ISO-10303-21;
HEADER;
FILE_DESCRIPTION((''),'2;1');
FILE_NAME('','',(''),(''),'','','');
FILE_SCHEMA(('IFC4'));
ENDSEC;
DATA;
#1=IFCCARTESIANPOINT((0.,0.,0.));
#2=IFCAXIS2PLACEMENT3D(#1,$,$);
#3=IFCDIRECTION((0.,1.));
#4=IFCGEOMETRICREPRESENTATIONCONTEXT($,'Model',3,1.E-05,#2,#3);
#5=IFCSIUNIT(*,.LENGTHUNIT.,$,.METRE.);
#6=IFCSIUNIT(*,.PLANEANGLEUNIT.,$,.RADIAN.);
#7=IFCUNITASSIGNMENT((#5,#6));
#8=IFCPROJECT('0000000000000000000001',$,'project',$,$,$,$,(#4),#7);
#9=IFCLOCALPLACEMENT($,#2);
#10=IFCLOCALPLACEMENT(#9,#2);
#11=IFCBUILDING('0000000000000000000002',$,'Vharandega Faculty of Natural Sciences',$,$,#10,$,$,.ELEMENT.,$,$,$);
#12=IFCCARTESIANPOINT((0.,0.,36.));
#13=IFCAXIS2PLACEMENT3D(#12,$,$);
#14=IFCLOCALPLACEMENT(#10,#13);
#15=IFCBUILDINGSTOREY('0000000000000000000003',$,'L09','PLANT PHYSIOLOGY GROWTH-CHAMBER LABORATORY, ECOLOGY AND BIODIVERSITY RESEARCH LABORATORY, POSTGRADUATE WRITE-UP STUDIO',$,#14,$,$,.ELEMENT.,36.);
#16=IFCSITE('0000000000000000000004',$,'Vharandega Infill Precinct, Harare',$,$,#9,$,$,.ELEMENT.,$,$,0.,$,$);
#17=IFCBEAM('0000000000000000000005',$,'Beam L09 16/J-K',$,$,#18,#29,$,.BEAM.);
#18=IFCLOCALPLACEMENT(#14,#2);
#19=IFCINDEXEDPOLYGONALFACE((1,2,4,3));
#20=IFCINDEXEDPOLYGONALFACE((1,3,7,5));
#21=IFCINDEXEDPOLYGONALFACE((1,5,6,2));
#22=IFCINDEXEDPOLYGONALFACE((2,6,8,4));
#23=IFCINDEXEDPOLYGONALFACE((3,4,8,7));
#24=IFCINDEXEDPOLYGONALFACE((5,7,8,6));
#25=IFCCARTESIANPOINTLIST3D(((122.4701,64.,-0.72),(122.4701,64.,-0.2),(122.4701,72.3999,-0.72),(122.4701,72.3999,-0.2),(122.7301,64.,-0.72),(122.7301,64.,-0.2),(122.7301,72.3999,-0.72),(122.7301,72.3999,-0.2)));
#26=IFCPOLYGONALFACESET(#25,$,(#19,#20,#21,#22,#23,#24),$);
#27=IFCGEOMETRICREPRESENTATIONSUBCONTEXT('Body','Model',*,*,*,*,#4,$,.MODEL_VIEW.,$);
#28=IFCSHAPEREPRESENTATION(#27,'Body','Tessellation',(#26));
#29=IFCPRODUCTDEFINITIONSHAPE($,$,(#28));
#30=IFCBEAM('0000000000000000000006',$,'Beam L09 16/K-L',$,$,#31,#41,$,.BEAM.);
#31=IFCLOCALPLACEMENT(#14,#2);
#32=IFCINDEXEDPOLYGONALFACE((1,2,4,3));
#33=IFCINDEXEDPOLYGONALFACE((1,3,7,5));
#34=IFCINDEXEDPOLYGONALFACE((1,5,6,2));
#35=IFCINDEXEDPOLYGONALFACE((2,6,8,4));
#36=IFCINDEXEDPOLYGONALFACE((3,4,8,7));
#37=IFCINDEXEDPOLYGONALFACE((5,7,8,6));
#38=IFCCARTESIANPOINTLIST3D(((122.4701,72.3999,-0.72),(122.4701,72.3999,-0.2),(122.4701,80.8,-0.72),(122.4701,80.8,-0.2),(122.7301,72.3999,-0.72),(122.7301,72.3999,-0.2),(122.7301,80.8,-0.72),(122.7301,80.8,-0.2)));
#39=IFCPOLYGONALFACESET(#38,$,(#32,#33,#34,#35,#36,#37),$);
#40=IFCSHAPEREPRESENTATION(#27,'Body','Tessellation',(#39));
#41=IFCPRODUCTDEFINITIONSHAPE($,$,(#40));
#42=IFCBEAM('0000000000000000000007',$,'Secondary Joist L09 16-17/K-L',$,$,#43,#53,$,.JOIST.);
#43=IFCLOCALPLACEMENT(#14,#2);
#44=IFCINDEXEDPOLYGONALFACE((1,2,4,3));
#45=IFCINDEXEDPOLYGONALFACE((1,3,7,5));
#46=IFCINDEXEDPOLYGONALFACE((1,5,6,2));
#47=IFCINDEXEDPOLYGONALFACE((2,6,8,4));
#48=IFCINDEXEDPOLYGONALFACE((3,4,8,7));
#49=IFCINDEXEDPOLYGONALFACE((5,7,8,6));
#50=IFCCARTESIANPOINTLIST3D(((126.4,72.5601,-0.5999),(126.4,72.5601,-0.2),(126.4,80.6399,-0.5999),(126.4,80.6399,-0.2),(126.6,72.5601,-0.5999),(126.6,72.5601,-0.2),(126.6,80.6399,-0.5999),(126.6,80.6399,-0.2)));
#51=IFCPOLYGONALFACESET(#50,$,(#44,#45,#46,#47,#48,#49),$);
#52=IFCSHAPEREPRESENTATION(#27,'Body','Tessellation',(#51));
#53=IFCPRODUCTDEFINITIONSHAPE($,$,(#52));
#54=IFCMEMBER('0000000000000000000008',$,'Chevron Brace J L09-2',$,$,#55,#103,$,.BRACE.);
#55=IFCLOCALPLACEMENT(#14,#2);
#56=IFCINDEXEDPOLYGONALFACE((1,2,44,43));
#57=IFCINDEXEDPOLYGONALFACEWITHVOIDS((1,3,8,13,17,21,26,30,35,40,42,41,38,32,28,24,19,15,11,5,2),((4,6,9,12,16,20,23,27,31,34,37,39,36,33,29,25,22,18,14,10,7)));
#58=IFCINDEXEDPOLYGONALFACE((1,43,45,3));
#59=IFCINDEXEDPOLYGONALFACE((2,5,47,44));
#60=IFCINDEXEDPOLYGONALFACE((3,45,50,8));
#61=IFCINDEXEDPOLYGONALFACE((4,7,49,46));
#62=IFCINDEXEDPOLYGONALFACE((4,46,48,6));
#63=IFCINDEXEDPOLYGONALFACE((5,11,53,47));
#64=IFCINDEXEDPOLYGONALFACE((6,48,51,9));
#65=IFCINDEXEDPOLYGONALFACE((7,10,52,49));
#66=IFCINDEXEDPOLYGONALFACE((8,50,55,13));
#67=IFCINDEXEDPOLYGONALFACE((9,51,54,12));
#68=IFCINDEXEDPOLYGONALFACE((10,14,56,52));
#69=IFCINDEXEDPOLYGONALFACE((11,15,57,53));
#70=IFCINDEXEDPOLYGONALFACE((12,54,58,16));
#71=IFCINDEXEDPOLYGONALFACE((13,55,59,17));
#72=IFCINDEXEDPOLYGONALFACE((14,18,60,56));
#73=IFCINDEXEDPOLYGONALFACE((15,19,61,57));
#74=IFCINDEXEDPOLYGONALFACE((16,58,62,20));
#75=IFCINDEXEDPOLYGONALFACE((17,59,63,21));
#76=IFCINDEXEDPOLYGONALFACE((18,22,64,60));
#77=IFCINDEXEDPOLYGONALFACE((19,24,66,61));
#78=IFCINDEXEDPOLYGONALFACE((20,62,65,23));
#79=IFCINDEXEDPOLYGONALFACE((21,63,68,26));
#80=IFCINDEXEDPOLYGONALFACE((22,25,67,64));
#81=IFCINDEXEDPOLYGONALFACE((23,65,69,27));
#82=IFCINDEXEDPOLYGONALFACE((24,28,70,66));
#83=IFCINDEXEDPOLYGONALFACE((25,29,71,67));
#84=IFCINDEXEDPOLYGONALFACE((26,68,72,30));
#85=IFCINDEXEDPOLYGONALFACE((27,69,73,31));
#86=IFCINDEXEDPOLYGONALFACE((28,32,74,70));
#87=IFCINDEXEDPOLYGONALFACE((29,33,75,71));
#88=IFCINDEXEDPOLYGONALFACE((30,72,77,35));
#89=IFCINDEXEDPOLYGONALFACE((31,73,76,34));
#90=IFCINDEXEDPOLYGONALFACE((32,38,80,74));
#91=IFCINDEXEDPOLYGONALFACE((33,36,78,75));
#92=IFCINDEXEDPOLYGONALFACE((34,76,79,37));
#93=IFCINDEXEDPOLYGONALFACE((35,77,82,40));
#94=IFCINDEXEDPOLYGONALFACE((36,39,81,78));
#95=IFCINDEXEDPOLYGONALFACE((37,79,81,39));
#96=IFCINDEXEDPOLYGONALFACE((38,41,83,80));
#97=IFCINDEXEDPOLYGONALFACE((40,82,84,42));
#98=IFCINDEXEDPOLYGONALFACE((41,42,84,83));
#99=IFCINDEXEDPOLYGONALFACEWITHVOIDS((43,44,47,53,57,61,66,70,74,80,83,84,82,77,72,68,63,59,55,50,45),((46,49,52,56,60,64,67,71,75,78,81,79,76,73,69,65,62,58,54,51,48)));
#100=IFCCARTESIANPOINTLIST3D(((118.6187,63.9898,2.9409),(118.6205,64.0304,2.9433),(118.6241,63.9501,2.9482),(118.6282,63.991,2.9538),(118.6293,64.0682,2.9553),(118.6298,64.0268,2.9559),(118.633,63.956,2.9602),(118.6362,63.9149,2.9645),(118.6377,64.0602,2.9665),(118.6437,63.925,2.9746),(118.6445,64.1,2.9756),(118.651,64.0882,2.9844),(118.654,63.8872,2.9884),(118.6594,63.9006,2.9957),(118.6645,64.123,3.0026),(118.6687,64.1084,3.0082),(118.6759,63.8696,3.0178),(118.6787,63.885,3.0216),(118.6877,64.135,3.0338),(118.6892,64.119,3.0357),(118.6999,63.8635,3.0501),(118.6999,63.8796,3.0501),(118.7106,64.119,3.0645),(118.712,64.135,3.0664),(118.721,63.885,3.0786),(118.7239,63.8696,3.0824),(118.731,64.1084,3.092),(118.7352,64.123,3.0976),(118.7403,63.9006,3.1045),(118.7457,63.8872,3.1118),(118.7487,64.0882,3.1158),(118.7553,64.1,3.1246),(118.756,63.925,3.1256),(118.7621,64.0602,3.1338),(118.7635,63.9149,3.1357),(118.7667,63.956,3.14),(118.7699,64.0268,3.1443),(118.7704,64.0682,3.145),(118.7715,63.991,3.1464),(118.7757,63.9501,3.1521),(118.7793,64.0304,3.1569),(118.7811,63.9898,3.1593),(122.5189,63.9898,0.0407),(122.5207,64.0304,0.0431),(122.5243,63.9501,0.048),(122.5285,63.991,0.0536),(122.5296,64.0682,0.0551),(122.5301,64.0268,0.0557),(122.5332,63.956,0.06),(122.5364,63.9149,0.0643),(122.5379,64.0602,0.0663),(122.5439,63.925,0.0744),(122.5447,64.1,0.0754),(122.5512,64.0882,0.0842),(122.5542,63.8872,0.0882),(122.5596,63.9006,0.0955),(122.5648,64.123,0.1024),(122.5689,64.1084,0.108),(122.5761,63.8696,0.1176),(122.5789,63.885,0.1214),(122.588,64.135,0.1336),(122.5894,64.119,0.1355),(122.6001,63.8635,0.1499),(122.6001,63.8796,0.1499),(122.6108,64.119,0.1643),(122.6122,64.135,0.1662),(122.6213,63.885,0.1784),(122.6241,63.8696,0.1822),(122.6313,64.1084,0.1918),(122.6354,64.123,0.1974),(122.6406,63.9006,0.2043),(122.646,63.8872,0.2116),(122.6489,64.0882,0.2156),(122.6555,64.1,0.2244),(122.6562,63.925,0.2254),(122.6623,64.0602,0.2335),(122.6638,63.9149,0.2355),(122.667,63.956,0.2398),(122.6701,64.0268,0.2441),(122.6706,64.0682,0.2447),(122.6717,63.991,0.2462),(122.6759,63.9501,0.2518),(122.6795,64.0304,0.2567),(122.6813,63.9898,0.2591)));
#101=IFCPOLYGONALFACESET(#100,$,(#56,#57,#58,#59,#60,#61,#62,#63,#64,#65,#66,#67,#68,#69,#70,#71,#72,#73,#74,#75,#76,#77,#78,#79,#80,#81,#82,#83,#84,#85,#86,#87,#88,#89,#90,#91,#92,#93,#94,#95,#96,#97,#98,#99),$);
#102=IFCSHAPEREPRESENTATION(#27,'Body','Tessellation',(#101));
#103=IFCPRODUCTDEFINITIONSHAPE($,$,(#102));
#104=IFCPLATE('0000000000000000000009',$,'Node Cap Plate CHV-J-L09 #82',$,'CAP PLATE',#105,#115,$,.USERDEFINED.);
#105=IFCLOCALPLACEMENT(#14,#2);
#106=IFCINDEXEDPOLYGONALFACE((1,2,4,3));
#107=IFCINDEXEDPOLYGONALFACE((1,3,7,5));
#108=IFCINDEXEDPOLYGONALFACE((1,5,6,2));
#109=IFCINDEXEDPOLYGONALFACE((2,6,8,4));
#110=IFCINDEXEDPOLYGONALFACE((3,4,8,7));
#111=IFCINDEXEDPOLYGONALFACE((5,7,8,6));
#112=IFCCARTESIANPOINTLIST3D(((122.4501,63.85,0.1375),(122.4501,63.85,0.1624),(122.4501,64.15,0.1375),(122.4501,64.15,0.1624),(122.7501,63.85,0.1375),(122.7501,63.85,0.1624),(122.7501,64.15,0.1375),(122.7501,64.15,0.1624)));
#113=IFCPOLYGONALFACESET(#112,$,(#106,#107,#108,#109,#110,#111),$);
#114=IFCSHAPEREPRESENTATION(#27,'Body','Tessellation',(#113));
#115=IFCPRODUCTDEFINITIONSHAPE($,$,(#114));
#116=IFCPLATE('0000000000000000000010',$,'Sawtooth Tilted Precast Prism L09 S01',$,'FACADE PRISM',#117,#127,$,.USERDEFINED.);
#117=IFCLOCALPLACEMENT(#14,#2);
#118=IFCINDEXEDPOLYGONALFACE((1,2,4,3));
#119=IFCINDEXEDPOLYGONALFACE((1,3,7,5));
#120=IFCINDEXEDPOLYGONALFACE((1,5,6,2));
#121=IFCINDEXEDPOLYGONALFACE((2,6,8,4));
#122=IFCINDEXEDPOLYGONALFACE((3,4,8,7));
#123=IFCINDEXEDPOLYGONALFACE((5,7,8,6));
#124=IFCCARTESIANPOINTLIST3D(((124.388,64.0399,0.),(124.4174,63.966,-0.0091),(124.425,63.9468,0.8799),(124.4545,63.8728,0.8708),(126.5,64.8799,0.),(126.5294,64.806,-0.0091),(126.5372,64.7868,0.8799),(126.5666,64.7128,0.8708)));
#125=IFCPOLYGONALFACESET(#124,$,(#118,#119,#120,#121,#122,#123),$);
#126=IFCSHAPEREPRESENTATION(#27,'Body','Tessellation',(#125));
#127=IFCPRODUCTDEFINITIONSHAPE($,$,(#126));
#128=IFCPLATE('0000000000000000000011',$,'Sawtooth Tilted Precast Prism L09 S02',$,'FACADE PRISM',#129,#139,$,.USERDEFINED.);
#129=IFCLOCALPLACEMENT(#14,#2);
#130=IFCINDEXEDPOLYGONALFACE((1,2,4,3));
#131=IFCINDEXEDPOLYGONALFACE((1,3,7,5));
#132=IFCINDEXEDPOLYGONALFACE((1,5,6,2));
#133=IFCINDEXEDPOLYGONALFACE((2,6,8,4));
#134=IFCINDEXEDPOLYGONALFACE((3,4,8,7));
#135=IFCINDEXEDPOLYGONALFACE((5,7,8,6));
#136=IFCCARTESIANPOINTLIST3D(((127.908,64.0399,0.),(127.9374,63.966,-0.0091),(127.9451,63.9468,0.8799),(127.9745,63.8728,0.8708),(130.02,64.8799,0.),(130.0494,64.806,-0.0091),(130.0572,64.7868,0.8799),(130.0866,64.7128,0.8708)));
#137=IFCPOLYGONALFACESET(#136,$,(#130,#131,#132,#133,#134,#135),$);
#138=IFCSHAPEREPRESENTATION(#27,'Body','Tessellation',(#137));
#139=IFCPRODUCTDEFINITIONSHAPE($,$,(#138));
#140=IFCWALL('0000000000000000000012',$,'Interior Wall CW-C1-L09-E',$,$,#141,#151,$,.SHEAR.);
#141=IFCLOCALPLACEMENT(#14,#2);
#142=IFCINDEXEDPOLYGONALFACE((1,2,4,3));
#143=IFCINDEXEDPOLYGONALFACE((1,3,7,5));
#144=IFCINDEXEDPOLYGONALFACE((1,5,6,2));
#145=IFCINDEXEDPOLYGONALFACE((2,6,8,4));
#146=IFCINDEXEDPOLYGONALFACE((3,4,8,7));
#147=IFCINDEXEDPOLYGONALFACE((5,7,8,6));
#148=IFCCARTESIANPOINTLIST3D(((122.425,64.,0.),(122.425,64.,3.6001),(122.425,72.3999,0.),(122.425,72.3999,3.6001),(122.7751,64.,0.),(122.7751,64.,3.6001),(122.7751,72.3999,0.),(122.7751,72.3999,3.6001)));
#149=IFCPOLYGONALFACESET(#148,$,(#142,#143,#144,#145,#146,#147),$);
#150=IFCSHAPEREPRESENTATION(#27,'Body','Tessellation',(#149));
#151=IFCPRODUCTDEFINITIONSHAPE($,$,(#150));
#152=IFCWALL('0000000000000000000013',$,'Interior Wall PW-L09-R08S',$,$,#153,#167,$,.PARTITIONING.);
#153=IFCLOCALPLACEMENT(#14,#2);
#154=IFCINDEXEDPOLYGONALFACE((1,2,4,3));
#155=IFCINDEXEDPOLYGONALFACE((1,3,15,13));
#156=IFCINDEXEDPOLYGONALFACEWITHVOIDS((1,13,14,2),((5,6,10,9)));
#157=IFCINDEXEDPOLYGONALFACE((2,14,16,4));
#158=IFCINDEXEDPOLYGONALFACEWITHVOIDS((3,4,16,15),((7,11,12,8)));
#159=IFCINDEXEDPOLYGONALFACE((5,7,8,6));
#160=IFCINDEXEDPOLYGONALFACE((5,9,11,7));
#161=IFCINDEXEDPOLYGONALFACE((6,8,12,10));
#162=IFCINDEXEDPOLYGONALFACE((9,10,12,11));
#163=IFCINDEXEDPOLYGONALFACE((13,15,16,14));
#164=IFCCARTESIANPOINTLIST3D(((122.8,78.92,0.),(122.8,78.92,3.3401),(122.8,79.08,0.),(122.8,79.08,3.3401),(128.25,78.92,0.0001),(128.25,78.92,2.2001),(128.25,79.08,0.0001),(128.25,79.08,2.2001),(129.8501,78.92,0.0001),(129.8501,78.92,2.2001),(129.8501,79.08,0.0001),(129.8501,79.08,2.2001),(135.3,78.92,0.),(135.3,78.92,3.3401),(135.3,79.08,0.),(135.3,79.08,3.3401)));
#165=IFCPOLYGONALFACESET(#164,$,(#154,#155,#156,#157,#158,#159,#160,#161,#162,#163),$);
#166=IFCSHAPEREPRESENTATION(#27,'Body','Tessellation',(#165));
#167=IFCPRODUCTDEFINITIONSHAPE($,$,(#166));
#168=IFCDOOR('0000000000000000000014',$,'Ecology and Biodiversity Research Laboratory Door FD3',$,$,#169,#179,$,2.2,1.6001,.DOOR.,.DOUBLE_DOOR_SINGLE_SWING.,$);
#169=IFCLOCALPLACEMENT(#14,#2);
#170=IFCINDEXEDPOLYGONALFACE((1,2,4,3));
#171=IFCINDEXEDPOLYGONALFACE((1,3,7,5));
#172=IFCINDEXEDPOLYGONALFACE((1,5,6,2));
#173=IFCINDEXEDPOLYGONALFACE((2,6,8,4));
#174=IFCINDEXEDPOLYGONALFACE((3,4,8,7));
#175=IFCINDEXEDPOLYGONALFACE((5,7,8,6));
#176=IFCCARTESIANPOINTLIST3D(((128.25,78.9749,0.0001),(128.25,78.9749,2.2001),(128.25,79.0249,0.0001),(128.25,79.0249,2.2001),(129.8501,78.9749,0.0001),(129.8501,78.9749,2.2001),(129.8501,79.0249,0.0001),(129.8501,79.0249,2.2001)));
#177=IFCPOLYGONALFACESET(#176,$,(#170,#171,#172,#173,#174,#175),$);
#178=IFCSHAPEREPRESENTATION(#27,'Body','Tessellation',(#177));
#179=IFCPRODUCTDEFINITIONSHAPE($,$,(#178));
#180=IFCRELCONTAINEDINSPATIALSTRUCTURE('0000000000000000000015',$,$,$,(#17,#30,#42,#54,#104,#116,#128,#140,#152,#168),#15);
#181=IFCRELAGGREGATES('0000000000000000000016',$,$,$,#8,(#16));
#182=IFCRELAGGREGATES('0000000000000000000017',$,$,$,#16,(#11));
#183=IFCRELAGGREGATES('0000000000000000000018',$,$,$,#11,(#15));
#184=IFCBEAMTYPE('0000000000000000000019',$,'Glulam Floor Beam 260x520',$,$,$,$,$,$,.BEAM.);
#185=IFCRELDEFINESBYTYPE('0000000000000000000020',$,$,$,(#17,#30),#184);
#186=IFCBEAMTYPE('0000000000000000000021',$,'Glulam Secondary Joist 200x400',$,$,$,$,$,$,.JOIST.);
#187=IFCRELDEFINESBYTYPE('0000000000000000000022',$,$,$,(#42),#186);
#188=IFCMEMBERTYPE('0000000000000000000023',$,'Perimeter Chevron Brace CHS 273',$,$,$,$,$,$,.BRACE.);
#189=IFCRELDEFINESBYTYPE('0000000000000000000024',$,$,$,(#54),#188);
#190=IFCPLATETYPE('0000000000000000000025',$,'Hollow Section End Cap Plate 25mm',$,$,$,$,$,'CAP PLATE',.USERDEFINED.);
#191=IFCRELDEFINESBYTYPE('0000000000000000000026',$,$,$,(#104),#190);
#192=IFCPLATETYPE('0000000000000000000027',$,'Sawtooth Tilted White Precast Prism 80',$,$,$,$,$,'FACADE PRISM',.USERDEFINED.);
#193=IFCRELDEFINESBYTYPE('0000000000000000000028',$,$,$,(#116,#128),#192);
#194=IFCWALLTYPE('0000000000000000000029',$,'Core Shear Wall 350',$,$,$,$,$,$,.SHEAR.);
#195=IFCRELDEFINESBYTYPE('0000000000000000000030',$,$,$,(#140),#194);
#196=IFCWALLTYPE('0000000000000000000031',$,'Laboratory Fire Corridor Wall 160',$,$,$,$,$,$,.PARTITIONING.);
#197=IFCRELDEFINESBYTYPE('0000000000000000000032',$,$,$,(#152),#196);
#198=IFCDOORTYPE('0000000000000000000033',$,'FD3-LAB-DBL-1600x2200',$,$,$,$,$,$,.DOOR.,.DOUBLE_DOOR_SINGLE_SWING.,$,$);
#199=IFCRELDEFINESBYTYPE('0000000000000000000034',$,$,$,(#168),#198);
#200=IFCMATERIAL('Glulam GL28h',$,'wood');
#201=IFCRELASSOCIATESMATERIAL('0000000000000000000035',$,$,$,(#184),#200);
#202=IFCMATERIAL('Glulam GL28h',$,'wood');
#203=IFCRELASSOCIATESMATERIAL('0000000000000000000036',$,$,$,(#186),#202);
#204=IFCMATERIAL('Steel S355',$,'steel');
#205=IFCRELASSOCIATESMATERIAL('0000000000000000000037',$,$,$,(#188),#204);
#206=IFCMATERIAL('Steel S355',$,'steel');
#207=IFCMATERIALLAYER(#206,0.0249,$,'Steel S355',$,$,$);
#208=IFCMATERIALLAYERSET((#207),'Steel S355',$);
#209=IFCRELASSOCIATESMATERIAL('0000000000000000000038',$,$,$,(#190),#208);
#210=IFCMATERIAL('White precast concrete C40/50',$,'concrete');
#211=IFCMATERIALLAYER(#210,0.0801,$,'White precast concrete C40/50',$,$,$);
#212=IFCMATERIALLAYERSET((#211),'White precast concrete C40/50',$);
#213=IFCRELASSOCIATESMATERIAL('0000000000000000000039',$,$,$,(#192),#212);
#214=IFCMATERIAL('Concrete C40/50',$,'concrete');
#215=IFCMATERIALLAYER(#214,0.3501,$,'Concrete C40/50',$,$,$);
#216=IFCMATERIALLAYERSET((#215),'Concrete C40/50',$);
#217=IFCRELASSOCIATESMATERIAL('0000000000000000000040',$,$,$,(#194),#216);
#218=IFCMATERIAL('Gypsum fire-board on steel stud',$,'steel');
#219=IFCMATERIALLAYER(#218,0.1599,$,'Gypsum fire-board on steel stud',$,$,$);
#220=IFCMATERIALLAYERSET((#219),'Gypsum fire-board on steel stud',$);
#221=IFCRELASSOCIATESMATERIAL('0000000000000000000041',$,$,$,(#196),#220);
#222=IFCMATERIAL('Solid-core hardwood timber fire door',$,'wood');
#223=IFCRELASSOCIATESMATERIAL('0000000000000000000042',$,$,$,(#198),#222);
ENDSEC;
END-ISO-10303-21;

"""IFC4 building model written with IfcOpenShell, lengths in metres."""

from ifc_helpers import new_model, si_unit, direction, frame, frame_2d, origin, origin_2d, place, context, subcontext, project, spatial, polyline, rectangle, hollow_circle, outline, extrude, material, layer, layer_set, material_profile, profile_set, type_object, element, fill, save


model = new_model("IFC4")

# Units and contexts
model_context = context("Model", 3, precision=1e-05, world=origin(), true_north=direction((0.0, 1.0)))
body_context = subcontext(model_context, "Body", "Model", "MODEL_VIEW")
ifc_project = project(units=[si_unit("LENGTHUNIT", "METRE"), si_unit("PLANEANGLEUNIT", "RADIAN")], contexts=[model_context])

# Site, building, storey
site_placement = place(None, origin())
site = spatial("IfcSite", under=ifc_project, at=site_placement, Name="Vharandega Infill Precinct, Harare", CompositionType="ELEMENT", RefElevation=0.0)
building_placement = place(site_placement, origin())
building = spatial("IfcBuilding", under=site, at=building_placement, Name="Vharandega Faculty of Natural Sciences", CompositionType="ELEMENT")
storey_placement = place(building_placement, frame((0.0, 0.0, 36.0)))
storey = spatial("IfcBuildingStorey", under=building, at=storey_placement, Name="L09", Description="PLANT PHYSIOLOGY GROWTH-CHAMBER LABORATORY, ECOLOGY AND BIODIVERSITY RESEARCH LABORATORY, POSTGRADUATE WRITE-UP STUDIO", CompositionType="ELEMENT", Elevation=36.0)

# Beams
ifc_material_1 = material(Name="Glulam GL28h", Category="wood")
ifc_material_profile_1 = material_profile(ifc_material_1, rectangle(XDim=0.26, YDim=0.52, at=origin_2d()), Name="GL28h 260x520")
ifc_profile_set_1 = profile_set([ifc_material_profile_1], Name="Glulam GL28h")
beam_type_1 = type_object("IfcBeamType", Name="Glulam Floor Beam 260x520", PredefinedType="BEAM", material=ifc_profile_set_1)
beam_1_placement = place(storey_placement, frame((122.6001, 64.0, -0.46), z_axis=(0.0, 1.0, 0.0), x_axis=(-1.0, 0.0, 0.0)))
element("IfcBeam", 1, at=beam_1_placement, inside=storey, type_object=beam_type_1, Name="Beam L09 16/J-K", PredefinedType="BEAM", context=body_context, shape_type="SweptSolid", body=[
    extrude(rectangle(XDim=0.26, YDim=0.52, at=origin_2d()), origin(), (0.0, 0.0, 1.0), 8.3999),
])
beam_2_placement = place(storey_placement, frame((122.6001, 72.3999, -0.46), z_axis=(0.0, 1.0, 0.0), x_axis=(-1.0, 0.0, 0.0)))
element("IfcBeam", 2, at=beam_2_placement, inside=storey, type_object=beam_type_1, Name="Beam L09 16/K-L", PredefinedType="BEAM", context=body_context, shape_type="SweptSolid", body=[
    extrude(rectangle(XDim=0.26, YDim=0.52, at=origin_2d()), origin(), (0.0, 0.0, 1.0), 8.4001),
])
ifc_material_2 = material(Name="Glulam GL28h", Category="wood")
ifc_material_profile_2 = material_profile(ifc_material_2, rectangle(XDim=0.2, YDim=0.3999, at=origin_2d()), Name="GL28h 200x400")
ifc_profile_set_2 = profile_set([ifc_material_profile_2], Name="Glulam GL28h")
beam_type_2 = type_object("IfcBeamType", Name="Glulam Secondary Joist 200x400", PredefinedType="JOIST", material=ifc_profile_set_2)
beam_3_placement = place(storey_placement, frame((126.5, 72.5601, -0.3999), z_axis=(0.0, 1.0, 0.0), x_axis=(-1.0, 0.0, 0.0)))
element("IfcBeam", 3, at=beam_3_placement, inside=storey, type_object=beam_type_2, Name="Secondary Joist L09 16-17/K-L", PredefinedType="JOIST", context=body_context, shape_type="SweptSolid", body=[
    extrude(rectangle(XDim=0.2, YDim=0.3999, at=origin_2d()), origin(), (0.0, 0.0, 1.0), 8.0798),
])

# Member
ifc_material_3 = material(Name="Steel S355", Category="steel")
ifc_material_profile_3 = material_profile(ifc_material_3, hollow_circle(Radius=0.1365, WallThickness=0.0161, at=origin_2d()), Name="CHS 273x16")
ifc_profile_set_3 = profile_set([ifc_material_profile_3], Name="Steel S355")
member_type = type_object("IfcMemberType", Name="Perimeter Chevron Brace CHS 273", PredefinedType="BRACE", material=ifc_profile_set_3)
member_placement = place(storey_placement, frame((122.6001, 64.0, 0.1499), z_axis=(-0.802459, 0.0, 0.596708), x_axis=(0.0, -1.0, 0.0)))
element("IfcMember", 4, at=member_placement, inside=storey, type_object=member_type, Name="Chevron Brace J L09-2", PredefinedType="BRACE", context=body_context, shape_type="SweptSolid", body=[
    extrude(hollow_circle(Radius=0.1365, WallThickness=0.0161, at=origin_2d()), origin(), (0.0, 0.0, 1.0), 4.8604),
])

# Plates
ifc_material_4 = material(Name="Steel S355", Category="steel")
ifc_layer_1 = layer(ifc_material_4, 0.0249, Name="Steel S355")
ifc_layer_set_1 = layer_set([ifc_layer_1], Name="Steel S355")
plate_type_1 = type_object("IfcPlateType", Name="Hollow Section End Cap Plate 25mm", ElementType="CAP PLATE", PredefinedType="USERDEFINED", material=ifc_layer_set_1)
plate_placement = place(storey_placement, frame((122.6001, 64.0, 0.1375), z_axis=(0.0, 0.0, 1.0), x_axis=(1.0, 0.0, 0.0)))
element("IfcPlate", 5, at=plate_placement, inside=storey, type_object=plate_type_1, Name="Node Cap Plate CHV-J-L09 #82", ObjectType="CAP PLATE", PredefinedType="USERDEFINED", context=body_context, shape_type="SweptSolid", body=[
    extrude(rectangle(XDim=0.3, YDim=0.3, at=origin_2d()), origin(), (0.0, 0.0, 1.0), 0.0249),
])
ifc_material_5 = material(Name="White precast concrete C40/50", Category="concrete")
ifc_layer_2 = layer(ifc_material_5, 0.0801, Name="White precast concrete C40/50")
ifc_layer_set_2 = layer_set([ifc_layer_2], Name="White precast concrete C40/50")
plate_type_2 = type_object("IfcPlateType", Name="Sawtooth Tilted White Precast Prism 80", ElementType="FACADE PRISM", PredefinedType="USERDEFINED", material=ifc_layer_set_2)
for number, where, z_axis, x_axis, name in (
    (6, (126.5, 64.8799, 0.0), (-0.367171, 0.923238, 0.113215), (0.041952, -0.105155, 0.993571), "Sawtooth Tilted Precast Prism L09 S01"),
    (7, (130.02, 64.8799, 0.0), (-0.367171, 0.923238, 0.113215), (0.041952, -0.105155, 0.993571), "Sawtooth Tilted Precast Prism L09 S02"),
):
    element("IfcPlate", number, at=place(storey_placement, frame(where, z_axis=z_axis, x_axis=x_axis)), inside=storey, type_object=plate_type_2, Name=name, ObjectType="FACADE PRISM", PredefinedType="USERDEFINED", context=body_context, shape_type="SweptSolid", body=[
        extrude(outline(polyline([(0.0, 0.0), (0.8856, 0.0), (0.8853, -2.273), (-0.0003, -2.2729), (0.0, 0.0)])), origin(), (0.0, 0.0, -1.0), 0.0801),
    ])

# Wall
ifc_material_6 = material(Name="Concrete C40/50", Category="concrete")
ifc_layer_3 = layer(ifc_material_6, 0.3501, Name="Concrete C40/50")
ifc_layer_set_3 = layer_set([ifc_layer_3], Name="Concrete C40/50")
wall_type_1 = type_object("IfcWallType", Name="Core Shear Wall 350", PredefinedType="SHEAR", material=ifc_layer_set_3)
wall_1_placement = place(storey_placement, frame((122.6001, 64.0, 0.0), z_axis=(0.0, 0.0, 1.0), x_axis=(0.0, 1.0, 0.0)))
element("IfcWall", 8, at=wall_1_placement, inside=storey, type_object=wall_type_1, Name="Interior Wall CW-C1-L09-E", PredefinedType="SHEAR", context=body_context, shape_type="SweptSolid", body=[
    extrude(rectangle(XDim=8.3999, YDim=0.3501, at=frame_2d((4.2, 0.0))), origin(), (0.0, 0.0, 1.0), 3.6001),
])

# Wall, opening, door
ifc_material_7 = material(Name="Gypsum fire-board on steel stud", Category="steel")
ifc_layer_4 = layer(ifc_material_7, 0.1599, Name="Gypsum fire-board on steel stud")
ifc_layer_set_4 = layer_set([ifc_layer_4], Name="Gypsum fire-board on steel stud")
wall_type_2 = type_object("IfcWallType", Name="Laboratory Fire Corridor Wall 160", PredefinedType="PARTITIONING", material=ifc_layer_set_4)
wall_2_placement = place(storey_placement, frame((122.8, 79.0, 0.0), z_axis=(0.0, 0.0, 1.0), x_axis=(1.0, 0.0, 0.0)))
wall_2 = element("IfcWall", 9, at=wall_2_placement, inside=storey, type_object=wall_type_2, Name="Interior Wall PW-L09-R08S", PredefinedType="PARTITIONING", context=body_context, shape_type="SweptSolid", body=[
    extrude(rectangle(XDim=12.5, YDim=0.1599, at=frame_2d((6.25, 0.0))), origin(), (0.0, 0.0, 1.0), 3.3401),
])
opening_1_placement = place(wall_2_placement, frame((5.45, 0.0, 0.0)))
opening_1 = element("IfcOpeningElement", 10, at=opening_1_placement, cuts=wall_2, PredefinedType="OPENING", context=body_context, shape_type="SweptSolid", body=[
    extrude(rectangle(XDim=1.6001, YDim=2.2, at=frame_2d((0.8, 1.1001))), frame((0.0, 0.0898, 0.0), z_axis=(0.0, -1.0, 0.0), x_axis=(1.0, 0.0, 0.0)), (0.0, 0.0, 1.0), 0.1799),
])
ifc_material_8 = material(Name="Solid-core hardwood timber fire door", Category="wood")
door_type_1 = type_object("IfcDoorType", Name="FD3-LAB-DBL-1600x2200", OperationType="DOUBLE_DOOR_SINGLE_SWING", PredefinedType="DOOR", material=ifc_material_8)
door_1_placement = place(opening_1_placement, origin())
door_1 = element("IfcDoor", 11, at=door_1_placement, inside=storey, type_object=door_type_1, Name="Ecology and Biodiversity Research Laboratory Door FD3", OperationType="DOUBLE_DOOR_SINGLE_SWING", OverallHeight=2.2, OverallWidth=1.6001, PredefinedType="DOOR", context=body_context, shape_type="SweptSolid", body=[
    extrude(rectangle(XDim=1.6001, YDim=2.2, at=frame_2d((0.8, 1.1001))), frame((0.0, 0.0249, 0.0), z_axis=(0.0, -1.0, 0.0), x_axis=(1.0, 0.0, 0.0)), (0.0, 0.0, 1.0), 0.05),
])
fill(opening_1, door_1)

save(model, "model.ifc")
